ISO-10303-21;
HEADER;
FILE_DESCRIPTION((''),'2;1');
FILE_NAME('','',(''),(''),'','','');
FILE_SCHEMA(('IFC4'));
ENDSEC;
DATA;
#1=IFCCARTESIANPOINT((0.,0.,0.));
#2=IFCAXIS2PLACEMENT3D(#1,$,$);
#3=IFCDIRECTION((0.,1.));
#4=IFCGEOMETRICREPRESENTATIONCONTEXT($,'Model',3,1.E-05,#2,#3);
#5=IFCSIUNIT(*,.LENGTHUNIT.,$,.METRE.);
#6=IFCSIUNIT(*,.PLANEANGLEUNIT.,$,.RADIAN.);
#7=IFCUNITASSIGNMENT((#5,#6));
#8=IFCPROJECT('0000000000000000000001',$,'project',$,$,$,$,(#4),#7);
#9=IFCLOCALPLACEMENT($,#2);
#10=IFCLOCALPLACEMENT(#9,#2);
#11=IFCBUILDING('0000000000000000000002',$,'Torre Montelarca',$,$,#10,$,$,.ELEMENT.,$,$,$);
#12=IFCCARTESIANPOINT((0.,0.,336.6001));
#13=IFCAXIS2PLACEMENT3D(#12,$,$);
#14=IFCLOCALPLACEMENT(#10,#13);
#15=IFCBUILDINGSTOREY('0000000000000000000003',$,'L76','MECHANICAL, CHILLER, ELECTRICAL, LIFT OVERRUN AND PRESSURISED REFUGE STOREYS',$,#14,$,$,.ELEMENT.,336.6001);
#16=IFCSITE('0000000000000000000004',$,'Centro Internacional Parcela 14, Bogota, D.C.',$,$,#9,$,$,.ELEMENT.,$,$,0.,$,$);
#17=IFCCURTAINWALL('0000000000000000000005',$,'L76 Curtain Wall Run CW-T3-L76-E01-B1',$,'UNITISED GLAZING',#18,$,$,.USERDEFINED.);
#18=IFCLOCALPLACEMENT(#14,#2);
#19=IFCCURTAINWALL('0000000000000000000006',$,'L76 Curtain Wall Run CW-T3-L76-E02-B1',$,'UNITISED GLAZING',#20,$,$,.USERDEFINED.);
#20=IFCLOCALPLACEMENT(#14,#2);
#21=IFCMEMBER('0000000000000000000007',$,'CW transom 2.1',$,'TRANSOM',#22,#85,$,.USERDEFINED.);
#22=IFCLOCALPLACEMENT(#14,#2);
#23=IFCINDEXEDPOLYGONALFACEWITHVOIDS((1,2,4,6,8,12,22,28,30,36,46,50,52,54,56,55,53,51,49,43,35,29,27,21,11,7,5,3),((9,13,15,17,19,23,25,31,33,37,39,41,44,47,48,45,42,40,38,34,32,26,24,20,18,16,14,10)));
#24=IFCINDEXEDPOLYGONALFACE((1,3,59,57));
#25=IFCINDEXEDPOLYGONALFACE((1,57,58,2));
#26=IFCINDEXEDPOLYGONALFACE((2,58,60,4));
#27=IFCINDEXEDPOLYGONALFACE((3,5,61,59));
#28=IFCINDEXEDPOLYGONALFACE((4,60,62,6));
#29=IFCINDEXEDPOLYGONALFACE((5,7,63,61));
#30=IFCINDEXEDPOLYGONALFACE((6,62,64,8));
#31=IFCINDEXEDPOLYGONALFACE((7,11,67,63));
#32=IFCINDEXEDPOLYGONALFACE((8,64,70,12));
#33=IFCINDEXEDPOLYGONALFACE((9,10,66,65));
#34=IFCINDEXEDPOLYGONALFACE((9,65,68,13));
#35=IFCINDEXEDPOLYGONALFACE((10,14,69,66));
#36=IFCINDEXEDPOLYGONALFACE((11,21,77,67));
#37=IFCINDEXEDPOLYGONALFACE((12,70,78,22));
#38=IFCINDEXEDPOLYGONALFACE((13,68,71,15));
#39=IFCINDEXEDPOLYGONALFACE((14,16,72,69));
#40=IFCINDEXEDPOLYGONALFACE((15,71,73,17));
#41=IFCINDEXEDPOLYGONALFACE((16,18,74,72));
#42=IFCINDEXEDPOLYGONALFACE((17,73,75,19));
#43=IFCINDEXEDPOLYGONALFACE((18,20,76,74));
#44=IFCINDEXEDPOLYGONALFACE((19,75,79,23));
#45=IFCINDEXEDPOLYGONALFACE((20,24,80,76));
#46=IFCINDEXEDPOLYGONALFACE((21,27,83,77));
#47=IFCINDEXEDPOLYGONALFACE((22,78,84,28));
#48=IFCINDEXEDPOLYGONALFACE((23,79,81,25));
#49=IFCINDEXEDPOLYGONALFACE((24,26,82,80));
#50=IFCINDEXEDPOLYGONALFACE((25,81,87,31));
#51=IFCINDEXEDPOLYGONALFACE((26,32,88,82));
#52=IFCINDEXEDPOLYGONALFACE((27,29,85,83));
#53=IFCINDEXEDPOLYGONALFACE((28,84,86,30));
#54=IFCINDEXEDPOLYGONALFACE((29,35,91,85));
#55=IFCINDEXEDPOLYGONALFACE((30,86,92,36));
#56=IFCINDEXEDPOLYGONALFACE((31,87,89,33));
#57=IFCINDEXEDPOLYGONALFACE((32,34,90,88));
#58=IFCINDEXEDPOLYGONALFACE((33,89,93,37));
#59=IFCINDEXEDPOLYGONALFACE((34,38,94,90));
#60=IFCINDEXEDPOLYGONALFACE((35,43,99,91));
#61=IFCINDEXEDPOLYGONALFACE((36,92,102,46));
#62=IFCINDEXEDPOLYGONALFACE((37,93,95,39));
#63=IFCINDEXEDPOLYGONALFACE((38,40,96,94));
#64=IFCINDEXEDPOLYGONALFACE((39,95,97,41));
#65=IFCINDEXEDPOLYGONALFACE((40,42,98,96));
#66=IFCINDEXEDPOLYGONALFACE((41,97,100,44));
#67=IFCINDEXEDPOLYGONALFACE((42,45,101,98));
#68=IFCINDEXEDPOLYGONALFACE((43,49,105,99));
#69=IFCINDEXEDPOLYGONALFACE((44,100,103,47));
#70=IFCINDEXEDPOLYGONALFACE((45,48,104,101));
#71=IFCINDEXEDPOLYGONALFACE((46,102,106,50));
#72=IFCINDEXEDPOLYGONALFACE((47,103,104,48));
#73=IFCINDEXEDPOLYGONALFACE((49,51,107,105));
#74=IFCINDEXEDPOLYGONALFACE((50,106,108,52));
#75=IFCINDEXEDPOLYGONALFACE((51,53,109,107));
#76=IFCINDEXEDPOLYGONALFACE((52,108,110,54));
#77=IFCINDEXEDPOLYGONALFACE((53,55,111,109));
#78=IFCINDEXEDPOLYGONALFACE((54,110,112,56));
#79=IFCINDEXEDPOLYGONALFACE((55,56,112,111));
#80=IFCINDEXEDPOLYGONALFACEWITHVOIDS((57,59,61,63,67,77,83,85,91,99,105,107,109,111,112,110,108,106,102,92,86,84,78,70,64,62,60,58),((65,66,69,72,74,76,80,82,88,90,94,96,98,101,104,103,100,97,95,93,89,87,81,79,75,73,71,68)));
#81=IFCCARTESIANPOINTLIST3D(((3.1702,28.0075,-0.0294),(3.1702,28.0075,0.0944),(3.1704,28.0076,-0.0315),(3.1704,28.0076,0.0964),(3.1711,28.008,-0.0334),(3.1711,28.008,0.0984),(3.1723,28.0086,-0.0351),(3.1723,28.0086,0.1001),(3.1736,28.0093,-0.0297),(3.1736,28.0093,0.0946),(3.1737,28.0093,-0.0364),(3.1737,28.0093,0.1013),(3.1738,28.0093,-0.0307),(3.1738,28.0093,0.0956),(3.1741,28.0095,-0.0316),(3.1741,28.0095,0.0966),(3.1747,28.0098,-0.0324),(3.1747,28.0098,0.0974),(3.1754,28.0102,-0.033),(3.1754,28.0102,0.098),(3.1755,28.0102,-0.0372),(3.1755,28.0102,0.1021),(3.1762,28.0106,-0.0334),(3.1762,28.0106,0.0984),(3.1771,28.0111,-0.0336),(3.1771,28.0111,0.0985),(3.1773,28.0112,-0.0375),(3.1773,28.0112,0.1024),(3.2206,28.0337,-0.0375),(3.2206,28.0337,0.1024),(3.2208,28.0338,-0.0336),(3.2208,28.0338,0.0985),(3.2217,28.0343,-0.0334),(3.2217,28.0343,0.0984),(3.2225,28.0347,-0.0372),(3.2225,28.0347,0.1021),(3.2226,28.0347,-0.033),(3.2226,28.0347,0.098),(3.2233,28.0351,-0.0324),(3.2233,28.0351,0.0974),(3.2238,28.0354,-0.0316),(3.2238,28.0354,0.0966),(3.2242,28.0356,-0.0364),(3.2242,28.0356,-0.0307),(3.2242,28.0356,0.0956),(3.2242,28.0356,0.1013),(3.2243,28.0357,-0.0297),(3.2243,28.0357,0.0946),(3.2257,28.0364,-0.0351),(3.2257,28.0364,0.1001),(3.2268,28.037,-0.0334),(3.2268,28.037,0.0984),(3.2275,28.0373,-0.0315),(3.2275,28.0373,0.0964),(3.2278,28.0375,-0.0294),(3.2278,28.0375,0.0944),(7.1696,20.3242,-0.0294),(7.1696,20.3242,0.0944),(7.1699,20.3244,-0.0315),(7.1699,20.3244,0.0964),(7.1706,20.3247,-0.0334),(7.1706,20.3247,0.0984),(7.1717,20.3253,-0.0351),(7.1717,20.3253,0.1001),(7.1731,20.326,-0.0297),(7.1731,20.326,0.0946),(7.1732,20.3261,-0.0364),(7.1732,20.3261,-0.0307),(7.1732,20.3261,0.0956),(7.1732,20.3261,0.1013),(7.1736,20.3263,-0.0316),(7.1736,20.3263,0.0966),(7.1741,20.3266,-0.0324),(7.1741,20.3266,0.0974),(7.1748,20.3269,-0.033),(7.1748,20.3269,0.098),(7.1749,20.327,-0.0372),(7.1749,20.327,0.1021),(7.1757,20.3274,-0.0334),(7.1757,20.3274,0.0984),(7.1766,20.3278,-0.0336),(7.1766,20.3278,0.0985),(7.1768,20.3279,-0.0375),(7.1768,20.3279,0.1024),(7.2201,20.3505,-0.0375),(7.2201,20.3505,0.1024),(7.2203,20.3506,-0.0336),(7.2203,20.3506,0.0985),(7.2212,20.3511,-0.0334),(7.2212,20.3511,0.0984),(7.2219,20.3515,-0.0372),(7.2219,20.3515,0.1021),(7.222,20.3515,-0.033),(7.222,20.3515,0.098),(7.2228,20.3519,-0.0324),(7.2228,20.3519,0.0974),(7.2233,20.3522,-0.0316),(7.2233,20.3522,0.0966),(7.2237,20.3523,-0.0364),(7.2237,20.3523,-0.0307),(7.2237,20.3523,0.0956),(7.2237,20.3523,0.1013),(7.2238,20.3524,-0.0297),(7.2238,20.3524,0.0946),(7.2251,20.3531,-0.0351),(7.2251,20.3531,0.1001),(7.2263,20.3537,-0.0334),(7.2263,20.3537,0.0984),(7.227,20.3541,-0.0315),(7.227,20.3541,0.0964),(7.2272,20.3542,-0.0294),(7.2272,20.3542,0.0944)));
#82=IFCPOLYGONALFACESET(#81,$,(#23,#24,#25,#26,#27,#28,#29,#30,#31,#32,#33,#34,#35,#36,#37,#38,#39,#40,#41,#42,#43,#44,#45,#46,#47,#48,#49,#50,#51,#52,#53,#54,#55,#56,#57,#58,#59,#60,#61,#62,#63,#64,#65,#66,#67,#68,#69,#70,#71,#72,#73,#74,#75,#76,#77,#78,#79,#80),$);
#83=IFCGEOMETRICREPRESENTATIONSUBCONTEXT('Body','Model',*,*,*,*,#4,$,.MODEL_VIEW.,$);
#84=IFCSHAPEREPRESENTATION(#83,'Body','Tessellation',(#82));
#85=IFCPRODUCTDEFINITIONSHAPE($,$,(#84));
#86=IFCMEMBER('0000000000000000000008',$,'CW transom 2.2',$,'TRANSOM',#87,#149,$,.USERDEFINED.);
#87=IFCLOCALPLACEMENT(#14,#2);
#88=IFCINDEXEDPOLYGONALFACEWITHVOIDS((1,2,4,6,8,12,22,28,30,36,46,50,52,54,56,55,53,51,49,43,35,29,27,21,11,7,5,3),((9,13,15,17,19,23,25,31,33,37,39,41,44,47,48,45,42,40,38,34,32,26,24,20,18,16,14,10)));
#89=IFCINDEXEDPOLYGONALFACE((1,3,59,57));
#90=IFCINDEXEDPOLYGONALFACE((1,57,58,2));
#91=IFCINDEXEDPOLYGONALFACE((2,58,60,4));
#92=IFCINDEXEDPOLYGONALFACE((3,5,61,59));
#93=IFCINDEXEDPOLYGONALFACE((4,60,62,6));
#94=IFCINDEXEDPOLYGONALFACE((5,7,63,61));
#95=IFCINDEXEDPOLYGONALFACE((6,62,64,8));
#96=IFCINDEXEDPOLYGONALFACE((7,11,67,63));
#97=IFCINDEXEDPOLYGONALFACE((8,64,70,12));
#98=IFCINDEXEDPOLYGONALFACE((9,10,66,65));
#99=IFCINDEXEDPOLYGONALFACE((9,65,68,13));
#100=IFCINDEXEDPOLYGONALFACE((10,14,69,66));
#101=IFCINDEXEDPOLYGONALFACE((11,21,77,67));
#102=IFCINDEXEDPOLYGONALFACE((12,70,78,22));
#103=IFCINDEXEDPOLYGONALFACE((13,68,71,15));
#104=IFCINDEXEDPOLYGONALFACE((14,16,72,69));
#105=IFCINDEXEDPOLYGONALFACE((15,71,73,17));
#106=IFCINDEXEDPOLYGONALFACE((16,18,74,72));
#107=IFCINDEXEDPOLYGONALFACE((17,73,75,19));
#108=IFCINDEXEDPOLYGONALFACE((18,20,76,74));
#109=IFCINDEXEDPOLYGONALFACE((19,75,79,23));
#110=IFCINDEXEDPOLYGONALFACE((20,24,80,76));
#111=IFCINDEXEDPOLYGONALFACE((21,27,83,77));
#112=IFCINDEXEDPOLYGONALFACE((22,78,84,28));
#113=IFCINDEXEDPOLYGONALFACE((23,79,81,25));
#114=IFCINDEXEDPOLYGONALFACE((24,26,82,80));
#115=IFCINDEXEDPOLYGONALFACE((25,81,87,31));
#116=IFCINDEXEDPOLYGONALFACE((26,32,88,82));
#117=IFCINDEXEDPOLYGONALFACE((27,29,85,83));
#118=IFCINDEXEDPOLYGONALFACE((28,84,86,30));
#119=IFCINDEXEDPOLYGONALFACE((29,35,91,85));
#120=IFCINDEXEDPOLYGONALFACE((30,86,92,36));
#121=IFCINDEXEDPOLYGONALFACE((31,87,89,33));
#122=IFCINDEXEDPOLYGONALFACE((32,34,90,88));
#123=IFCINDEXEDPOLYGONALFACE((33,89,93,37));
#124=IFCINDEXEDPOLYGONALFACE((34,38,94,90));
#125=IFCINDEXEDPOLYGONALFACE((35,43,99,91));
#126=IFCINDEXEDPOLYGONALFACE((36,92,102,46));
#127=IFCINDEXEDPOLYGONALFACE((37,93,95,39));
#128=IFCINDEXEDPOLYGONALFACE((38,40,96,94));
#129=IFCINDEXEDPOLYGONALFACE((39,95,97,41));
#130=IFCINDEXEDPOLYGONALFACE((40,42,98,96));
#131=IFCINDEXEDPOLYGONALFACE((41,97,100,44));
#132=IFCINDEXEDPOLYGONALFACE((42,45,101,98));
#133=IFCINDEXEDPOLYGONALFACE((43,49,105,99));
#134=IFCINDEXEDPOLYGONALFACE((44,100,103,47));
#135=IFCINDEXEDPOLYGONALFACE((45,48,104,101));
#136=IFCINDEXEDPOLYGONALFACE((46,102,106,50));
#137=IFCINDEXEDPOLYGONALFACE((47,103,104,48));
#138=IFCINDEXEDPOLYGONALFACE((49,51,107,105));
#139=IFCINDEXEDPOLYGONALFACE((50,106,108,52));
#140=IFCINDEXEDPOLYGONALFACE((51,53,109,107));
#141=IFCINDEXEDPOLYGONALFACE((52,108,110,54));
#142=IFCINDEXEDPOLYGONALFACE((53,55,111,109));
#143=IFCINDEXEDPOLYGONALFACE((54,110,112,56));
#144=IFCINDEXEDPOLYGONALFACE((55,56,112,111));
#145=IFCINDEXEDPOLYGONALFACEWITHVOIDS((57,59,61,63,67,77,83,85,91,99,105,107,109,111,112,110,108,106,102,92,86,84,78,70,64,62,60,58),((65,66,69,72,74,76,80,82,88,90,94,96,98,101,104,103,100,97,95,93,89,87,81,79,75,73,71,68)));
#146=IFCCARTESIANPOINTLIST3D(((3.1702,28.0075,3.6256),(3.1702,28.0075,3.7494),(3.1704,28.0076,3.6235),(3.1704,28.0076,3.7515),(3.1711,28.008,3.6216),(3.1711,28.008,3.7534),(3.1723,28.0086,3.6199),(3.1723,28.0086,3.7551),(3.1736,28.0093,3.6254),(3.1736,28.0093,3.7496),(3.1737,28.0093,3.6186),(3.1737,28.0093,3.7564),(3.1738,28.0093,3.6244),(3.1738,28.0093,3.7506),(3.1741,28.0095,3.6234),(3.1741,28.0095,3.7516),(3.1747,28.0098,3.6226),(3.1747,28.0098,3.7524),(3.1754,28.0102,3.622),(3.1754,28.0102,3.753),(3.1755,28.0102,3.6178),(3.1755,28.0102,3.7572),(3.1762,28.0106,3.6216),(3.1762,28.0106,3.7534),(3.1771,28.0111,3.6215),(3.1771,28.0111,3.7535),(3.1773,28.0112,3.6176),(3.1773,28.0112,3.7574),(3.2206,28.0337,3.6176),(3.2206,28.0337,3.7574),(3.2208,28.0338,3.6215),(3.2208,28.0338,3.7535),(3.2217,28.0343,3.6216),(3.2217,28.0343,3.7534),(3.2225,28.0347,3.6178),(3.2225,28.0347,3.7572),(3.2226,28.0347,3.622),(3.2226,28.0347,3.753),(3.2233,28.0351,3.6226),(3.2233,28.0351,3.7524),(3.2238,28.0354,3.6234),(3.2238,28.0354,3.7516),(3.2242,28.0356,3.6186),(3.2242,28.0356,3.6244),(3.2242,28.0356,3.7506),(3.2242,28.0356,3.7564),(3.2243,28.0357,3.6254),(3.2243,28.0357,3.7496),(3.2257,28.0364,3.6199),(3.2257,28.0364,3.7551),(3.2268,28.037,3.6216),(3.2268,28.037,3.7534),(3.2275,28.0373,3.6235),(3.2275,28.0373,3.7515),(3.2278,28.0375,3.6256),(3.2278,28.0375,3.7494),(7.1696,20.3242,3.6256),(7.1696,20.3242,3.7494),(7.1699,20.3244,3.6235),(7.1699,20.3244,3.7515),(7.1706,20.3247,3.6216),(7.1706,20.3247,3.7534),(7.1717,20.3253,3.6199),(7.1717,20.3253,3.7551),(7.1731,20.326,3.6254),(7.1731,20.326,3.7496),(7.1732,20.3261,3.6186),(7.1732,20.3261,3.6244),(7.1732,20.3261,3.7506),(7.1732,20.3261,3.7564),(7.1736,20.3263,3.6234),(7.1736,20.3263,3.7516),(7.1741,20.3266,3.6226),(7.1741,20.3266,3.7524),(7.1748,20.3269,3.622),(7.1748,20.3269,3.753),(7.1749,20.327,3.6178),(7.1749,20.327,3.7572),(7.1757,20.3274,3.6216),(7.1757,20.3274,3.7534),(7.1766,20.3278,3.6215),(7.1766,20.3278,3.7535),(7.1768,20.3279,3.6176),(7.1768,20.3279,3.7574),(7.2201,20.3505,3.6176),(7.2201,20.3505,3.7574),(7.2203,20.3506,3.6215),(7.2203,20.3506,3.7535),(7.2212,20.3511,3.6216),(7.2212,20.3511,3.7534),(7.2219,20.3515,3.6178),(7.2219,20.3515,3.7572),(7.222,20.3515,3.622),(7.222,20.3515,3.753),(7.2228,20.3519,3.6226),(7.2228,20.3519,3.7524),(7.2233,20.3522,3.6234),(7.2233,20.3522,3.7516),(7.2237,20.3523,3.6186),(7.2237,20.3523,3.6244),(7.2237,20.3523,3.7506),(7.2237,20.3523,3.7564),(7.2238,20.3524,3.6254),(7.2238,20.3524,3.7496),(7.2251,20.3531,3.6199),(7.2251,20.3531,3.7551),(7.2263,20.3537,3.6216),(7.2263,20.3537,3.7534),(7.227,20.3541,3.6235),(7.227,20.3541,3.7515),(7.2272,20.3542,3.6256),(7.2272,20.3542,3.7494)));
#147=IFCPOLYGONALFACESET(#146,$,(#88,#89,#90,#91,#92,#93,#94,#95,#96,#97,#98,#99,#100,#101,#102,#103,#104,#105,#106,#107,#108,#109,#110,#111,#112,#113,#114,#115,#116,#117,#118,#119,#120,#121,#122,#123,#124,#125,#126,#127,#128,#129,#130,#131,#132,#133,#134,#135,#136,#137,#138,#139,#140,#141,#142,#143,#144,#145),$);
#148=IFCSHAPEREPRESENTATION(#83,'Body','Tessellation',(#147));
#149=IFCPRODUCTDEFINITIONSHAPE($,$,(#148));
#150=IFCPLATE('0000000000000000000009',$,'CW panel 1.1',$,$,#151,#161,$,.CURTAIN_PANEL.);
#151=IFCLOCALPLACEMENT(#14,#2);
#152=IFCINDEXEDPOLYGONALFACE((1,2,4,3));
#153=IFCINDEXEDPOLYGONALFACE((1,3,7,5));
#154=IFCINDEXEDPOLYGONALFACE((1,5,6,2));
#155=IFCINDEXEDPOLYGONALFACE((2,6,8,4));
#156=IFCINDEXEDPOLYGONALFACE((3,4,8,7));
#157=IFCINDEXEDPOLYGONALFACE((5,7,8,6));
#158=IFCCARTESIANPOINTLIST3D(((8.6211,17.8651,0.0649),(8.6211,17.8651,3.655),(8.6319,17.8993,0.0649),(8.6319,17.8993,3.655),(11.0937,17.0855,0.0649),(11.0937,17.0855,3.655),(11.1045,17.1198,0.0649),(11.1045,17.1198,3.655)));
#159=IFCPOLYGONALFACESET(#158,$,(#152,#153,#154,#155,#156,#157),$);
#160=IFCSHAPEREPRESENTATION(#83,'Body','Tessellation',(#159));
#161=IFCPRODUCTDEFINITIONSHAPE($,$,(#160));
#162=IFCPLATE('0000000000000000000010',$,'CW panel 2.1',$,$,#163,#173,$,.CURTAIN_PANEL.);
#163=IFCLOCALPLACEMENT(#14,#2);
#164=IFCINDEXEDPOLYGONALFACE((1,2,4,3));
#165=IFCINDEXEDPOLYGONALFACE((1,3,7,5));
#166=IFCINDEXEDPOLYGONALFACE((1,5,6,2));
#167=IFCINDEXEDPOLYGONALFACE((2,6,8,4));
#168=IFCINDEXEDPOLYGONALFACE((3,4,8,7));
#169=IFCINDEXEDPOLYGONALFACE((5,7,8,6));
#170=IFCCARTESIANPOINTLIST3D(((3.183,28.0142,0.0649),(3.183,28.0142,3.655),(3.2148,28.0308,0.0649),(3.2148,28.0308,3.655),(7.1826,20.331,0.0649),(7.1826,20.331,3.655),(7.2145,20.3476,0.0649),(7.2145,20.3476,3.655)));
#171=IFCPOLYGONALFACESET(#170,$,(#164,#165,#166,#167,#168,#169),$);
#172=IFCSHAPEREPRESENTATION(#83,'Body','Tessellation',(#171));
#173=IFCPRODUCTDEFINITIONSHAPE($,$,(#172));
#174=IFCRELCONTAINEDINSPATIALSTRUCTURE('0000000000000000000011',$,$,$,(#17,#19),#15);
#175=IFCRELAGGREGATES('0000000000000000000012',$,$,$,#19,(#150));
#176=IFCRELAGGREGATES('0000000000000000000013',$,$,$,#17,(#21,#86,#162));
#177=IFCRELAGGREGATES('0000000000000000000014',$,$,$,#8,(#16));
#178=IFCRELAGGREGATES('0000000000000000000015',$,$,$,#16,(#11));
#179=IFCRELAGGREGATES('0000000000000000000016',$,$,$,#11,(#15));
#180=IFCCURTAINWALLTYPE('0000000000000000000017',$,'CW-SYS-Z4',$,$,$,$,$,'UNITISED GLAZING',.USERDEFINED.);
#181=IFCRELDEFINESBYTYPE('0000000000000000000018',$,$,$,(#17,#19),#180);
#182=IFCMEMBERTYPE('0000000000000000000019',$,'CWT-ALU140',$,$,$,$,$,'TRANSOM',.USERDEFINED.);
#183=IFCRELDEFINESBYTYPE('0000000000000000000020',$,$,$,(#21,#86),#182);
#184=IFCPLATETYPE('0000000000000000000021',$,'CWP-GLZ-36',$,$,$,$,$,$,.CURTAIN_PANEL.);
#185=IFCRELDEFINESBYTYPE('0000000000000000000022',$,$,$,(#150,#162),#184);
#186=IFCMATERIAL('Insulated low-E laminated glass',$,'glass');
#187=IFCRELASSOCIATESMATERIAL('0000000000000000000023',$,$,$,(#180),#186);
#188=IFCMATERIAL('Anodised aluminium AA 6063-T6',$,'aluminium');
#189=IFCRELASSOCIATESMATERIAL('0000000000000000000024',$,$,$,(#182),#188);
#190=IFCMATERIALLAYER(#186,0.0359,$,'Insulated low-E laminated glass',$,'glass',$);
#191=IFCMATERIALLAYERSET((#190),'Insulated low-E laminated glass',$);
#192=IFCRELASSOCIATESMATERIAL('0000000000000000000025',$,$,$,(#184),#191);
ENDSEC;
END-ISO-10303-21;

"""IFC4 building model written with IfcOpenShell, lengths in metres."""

from ifc_helpers import new_model, si_unit, direction, frame, origin, origin_2d, place, context, subcontext, project, spatial, rectangle, hollow_rectangle, extrude, source, transform, mapped, material, layer, layer_set, material_profile, profile_set, type_object, element, aggregate, save


model = new_model("IFC4")

# Units and contexts
model_context = context("Model", 3, precision=1e-05, world=origin(), true_north=direction((0.0, 1.0)))
body_context = subcontext(model_context, "Body", "Model", "MODEL_VIEW")
ifc_project = project(units=[si_unit("LENGTHUNIT", "METRE"), si_unit("PLANEANGLEUNIT", "RADIAN")], contexts=[model_context])

# Site, building, storey
site_placement = place(None, origin())
site = spatial("IfcSite", under=ifc_project, at=site_placement, Name="Centro Internacional Parcela 14, Bogota, D.C.", CompositionType="ELEMENT", RefElevation=0.0)
building_placement = place(site_placement, origin())
building = spatial("IfcBuilding", under=site, at=building_placement, Name="Torre Montelarca", CompositionType="ELEMENT")
storey_placement = place(building_placement, frame((0.0, 0.0, 336.6001)))
storey = spatial("IfcBuildingStorey", under=building, at=storey_placement, Name="L76", Description="MECHANICAL, CHILLER, ELECTRICAL, LIFT OVERRUN AND PRESSURISED REFUGE STOREYS", CompositionType="ELEMENT", Elevation=336.6001)

# Curtain walls
ifc_material_1 = material(Name="Insulated low-E laminated glass", Category="glass")
curtain_wall_type = type_object("IfcCurtainWallType", Name="CW-SYS-Z4", ElementType="UNITISED GLAZING", PredefinedType="USERDEFINED", material=ifc_material_1)
curtain_wall_1_placement = place(storey_placement, origin())
curtain_wall_1 = element("IfcCurtainWall", 1, at=curtain_wall_1_placement, inside=storey, type_object=curtain_wall_type, Name="L76 Curtain Wall Run CW-T3-L76-E01-B1", ObjectType="UNITISED GLAZING", PredefinedType="USERDEFINED")
ifc_material_2 = material(Name="Anodised aluminium AA 6063-T6", Category="aluminium")
curtain_wall_2_placement = place(storey_placement, origin())
curtain_wall_2 = element("IfcCurtainWall", 2, at=curtain_wall_2_placement, inside=storey, type_object=curtain_wall_type, Name="L76 Curtain Wall Run CW-T3-L76-E02-B1", ObjectType="UNITISED GLAZING", PredefinedType="USERDEFINED")
ifc_material_profile_1 = material_profile(ifc_material_2, hollow_rectangle(XDim=0.0649, YDim=0.1399, WallThickness=0.0039, InnerFilletRadius=0.0039, OuterFilletRadius=0.0081, at=origin_2d()), Name="ALU65X140X4", Category="aluminium")
ifc_profile_set_1 = profile_set([ifc_material_profile_1], Name="Anodised aluminium AA 6063-T6")
member_type_1 = type_object("IfcMemberType", Name="CWT-ALU140", ElementType="TRANSOM", PredefinedType="USERDEFINED", material=ifc_profile_set_1)

# Members
shared_shape_1 = source(origin(), body_context, "Body", "SweptSolid", [
    extrude(hollow_rectangle(XDim=0.0649, YDim=0.1399, WallThickness=0.0039, InnerFilletRadius=0.0039, OuterFilletRadius=0.0081, at=origin_2d()), origin(), (0.0, 0.0, 1.0), 8.6619),
])
member_1_placement = place(storey_placement, frame((3.199, 28.0225, 0.0325), z_axis=(0.461732, -0.88702, 0.0), x_axis=(0.88702, 0.461732, 0.0)))
member_1 = element("IfcMember", 3, at=member_1_placement, type_object=member_type_1, Name="CW transom 2.1", ObjectType="TRANSOM", PredefinedType="USERDEFINED", context=body_context, shape_type="MappedRepresentation", body=[
    mapped(shared_shape_1, transform((0.0, 0.0, 0.0), scale=1.0)),
])
member_2_placement = place(storey_placement, frame((3.199, 28.0225, 3.6875), z_axis=(0.461732, -0.88702, 0.0), x_axis=(0.88702, 0.461732, 0.0)))
member_2 = element("IfcMember", 4, at=member_2_placement, type_object=member_type_1, Name="CW transom 2.2", ObjectType="TRANSOM", PredefinedType="USERDEFINED", context=body_context, shape_type="MappedRepresentation", body=[
    mapped(shared_shape_1, transform((0.0, 0.0, 0.0), scale=1.0)),
])

# Plates
ifc_layer_1 = layer(ifc_material_1, 0.0359, Name="Insulated low-E laminated glass", Category="glass")
ifc_layer_set_1 = layer_set([ifc_layer_1], Name="Insulated low-E laminated glass")
plate_type = type_object("IfcPlateType", Name="CWP-GLZ-36", PredefinedType="CURTAIN_PANEL", material=ifc_layer_set_1)
shared_shape_2 = source(origin(), body_context, "Body", "SweptSolid", [
    extrude(rectangle(XDim=2.5925, YDim=0.0359, at=origin_2d()), origin(), (0.0, 0.0, 1.0), 3.5901),
])
plate_1_placement = place(storey_placement, frame((9.8628, 17.4924, 0.0649), z_axis=(0.0, 0.0, 1.0), x_axis=(0.953719, -0.300698, 0.0)))
plate_1 = element("IfcPlate", 5, at=plate_1_placement, type_object=plate_type, Name="CW panel 1.1", PredefinedType="CURTAIN_PANEL", context=body_context, shape_type="MappedRepresentation", body=[
    mapped(shared_shape_2, transform((0.0, 0.0, 0.0), scale=1.0)),
])
aggregate(curtain_wall_2, [plate_1])
shared_shape_3 = source(origin(), body_context, "Body", "SweptSolid", [
    extrude(rectangle(XDim=8.6619, YDim=0.0359, at=origin_2d()), origin(), (0.0, 0.0, 1.0), 3.5901),
])
plate_2_placement = place(storey_placement, frame((5.1987, 24.1809, 0.0649), z_axis=(0.0, 0.0, 1.0), x_axis=(0.461749, -0.887011, 0.0)))
plate_2 = element("IfcPlate", 6, at=plate_2_placement, type_object=plate_type, Name="CW panel 2.1", PredefinedType="CURTAIN_PANEL", context=body_context, shape_type="MappedRepresentation", body=[
    mapped(shared_shape_3, transform((0.0, 0.0, 0.0), scale=1.0)),
])
aggregate(curtain_wall_1, [member_1, member_2, plate_2])

save(model, "model.ifc")
